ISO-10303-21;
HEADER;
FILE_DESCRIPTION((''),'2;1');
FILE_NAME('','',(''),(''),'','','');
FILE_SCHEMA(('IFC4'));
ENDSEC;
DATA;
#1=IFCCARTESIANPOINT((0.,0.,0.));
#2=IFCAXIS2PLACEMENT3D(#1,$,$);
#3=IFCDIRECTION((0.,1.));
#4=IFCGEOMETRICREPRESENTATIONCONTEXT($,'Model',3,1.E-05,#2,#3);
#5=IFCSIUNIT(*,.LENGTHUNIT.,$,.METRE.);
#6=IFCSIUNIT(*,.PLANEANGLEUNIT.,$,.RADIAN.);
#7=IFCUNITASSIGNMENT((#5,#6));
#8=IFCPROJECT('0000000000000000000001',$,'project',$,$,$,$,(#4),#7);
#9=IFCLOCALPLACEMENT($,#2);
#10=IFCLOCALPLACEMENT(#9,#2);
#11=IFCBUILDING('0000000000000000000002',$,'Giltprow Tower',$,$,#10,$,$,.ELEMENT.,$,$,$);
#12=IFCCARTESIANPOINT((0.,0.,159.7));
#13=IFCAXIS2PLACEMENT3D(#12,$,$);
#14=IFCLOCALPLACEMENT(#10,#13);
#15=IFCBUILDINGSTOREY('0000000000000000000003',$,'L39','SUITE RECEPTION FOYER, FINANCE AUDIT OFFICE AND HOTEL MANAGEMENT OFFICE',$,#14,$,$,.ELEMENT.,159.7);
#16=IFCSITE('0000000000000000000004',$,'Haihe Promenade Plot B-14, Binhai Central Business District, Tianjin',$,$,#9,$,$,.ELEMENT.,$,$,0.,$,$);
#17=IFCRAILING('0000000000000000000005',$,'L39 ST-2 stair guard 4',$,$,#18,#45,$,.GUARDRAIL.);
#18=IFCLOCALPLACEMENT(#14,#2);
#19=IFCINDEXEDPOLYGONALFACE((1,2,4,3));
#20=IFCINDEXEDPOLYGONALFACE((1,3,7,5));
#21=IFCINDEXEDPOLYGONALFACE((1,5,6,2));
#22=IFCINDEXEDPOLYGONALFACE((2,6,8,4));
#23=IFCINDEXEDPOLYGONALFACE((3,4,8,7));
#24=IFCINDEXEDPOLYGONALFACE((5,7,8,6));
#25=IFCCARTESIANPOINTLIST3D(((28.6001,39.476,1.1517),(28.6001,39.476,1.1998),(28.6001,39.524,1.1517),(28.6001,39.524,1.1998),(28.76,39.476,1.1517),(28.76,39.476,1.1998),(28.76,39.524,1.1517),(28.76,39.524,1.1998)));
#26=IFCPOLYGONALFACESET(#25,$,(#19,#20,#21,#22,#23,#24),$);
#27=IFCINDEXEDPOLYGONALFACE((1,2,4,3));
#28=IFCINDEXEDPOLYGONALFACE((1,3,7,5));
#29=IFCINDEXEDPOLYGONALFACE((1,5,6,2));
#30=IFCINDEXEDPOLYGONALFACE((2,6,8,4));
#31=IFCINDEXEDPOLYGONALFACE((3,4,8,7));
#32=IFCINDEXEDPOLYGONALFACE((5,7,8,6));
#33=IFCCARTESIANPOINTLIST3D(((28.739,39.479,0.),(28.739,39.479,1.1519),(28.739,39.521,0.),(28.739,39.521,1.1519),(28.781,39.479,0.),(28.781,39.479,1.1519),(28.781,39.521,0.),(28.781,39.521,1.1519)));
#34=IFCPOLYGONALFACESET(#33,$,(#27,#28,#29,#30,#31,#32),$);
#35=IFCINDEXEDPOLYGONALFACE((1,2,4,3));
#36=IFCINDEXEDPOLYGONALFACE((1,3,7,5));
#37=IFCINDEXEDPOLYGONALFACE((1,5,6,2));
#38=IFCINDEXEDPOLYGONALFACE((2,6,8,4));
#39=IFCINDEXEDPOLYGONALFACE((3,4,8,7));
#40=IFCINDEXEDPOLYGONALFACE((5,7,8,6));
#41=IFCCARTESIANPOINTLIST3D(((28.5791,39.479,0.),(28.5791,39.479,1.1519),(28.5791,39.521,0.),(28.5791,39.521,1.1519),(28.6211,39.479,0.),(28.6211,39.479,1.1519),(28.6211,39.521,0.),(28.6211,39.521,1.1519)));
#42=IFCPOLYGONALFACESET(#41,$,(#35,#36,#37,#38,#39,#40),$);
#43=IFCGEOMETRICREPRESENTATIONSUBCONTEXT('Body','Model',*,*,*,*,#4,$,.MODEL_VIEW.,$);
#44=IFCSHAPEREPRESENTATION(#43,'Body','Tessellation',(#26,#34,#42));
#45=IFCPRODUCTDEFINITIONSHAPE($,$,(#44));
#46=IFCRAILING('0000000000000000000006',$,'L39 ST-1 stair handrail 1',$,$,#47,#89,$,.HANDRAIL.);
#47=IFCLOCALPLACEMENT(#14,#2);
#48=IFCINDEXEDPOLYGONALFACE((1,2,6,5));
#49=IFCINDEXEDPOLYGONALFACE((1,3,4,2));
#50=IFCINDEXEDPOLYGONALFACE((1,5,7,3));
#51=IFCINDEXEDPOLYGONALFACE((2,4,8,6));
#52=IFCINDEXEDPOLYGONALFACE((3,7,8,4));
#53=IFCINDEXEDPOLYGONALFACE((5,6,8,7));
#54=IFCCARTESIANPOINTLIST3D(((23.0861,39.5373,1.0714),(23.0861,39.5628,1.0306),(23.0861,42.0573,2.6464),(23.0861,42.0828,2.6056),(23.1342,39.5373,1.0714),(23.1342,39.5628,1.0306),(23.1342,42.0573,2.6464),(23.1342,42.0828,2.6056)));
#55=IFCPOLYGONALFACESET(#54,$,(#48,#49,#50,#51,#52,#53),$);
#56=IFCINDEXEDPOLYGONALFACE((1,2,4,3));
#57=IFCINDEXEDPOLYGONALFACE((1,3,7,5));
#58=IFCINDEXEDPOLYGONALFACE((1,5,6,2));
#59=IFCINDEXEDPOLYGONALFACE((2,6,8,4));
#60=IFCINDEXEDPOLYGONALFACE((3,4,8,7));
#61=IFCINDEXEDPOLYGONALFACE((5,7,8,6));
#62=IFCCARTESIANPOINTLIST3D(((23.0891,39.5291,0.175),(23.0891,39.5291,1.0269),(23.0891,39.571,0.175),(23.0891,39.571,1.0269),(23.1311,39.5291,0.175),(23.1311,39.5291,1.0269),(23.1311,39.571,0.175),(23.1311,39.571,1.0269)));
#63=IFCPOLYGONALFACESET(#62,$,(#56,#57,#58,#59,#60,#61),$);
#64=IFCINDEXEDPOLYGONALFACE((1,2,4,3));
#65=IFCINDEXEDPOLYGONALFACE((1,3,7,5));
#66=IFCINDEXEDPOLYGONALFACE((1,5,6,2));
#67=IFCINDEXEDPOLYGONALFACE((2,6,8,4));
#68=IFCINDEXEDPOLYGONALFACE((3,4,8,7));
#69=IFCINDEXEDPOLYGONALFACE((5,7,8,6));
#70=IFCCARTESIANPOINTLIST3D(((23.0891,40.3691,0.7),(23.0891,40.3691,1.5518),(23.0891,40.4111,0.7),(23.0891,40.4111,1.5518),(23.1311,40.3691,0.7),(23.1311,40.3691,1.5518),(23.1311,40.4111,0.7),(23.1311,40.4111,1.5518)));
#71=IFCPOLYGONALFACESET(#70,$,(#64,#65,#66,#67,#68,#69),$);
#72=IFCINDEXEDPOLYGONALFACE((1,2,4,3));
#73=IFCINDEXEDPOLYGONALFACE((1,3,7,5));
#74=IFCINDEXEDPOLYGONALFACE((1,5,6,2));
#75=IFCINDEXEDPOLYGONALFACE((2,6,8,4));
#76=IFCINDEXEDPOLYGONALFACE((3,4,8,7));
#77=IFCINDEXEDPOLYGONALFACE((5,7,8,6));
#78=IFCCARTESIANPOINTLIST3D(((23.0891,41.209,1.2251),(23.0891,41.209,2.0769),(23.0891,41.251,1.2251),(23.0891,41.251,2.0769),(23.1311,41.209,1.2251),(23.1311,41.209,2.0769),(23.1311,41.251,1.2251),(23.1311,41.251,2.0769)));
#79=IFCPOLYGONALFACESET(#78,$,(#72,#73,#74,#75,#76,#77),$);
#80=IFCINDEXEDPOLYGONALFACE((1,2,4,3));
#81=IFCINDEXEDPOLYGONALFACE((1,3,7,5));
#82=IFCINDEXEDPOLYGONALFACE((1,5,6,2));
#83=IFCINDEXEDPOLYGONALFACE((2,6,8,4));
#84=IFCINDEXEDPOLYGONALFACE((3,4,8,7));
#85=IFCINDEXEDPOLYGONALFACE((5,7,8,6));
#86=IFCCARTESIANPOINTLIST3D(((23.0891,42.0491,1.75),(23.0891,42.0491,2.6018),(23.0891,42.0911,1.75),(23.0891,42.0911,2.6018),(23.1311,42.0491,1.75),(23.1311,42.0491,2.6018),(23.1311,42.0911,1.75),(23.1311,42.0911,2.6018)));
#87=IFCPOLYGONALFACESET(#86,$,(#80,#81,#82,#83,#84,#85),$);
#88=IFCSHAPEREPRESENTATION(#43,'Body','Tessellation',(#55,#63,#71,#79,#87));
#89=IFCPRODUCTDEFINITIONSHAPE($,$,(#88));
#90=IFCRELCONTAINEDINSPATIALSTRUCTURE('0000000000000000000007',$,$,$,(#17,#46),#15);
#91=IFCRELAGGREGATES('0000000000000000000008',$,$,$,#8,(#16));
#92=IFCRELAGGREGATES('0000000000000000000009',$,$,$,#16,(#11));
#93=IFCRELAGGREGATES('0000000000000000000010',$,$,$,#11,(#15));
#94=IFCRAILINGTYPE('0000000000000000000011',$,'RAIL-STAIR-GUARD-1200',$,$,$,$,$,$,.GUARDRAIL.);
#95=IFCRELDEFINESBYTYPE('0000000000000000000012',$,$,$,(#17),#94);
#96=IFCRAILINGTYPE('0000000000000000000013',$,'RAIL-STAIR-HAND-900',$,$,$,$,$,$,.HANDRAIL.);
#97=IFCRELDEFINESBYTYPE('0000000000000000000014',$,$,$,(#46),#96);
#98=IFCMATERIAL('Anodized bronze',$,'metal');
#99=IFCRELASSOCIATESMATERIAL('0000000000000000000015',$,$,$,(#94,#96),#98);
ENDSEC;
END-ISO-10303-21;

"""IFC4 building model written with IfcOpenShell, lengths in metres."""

from ifc_helpers import new_model, si_unit, direction, frame, origin, origin_2d, place, context, subcontext, project, spatial, rectangle, extrude, material, type_object, element, save


model = new_model("IFC4")

# Units and contexts
model_context = context("Model", 3, precision=1e-05, world=origin(), true_north=direction((0.0, 1.0)))
body_context = subcontext(model_context, "Body", "Model", "MODEL_VIEW")
ifc_project = project(units=[si_unit("LENGTHUNIT", "METRE"), si_unit("PLANEANGLEUNIT", "RADIAN")], contexts=[model_context])

# Site, building, storey
site_placement = place(None, origin())
site = spatial("IfcSite", under=ifc_project, at=site_placement, Name="Haihe Promenade Plot B-14, Binhai Central Business District, Tianjin", CompositionType="ELEMENT", RefElevation=0.0)
building_placement = place(site_placement, origin())
building = spatial("IfcBuilding", under=site, at=building_placement, Name="Giltprow Tower", CompositionType="ELEMENT")
storey_placement = place(building_placement, frame((0.0, 0.0, 159.7)))
storey = spatial("IfcBuildingStorey", under=building, at=storey_placement, Name="L39", Description="SUITE RECEPTION FOYER, FINANCE AUDIT OFFICE AND HOTEL MANAGEMENT OFFICE", CompositionType="ELEMENT", Elevation=159.7)

# Railings
ifc_material_1 = material(Name="Anodized bronze", Category="metal")
railing_type_1 = type_object("IfcRailingType", Name="RAIL-STAIR-GUARD-1200", PredefinedType="GUARDRAIL", material=ifc_material_1)
for number, where, name in (
    (1, (28.76, 39.5, 0.0), "L39 ST-2 stair guard 4"),
):
    element("IfcRailing", number, at=place(storey_placement, frame(where)), inside=storey, type_object=railing_type_1, Name=name, PredefinedType="GUARDRAIL", context=body_context, shape_type="SweptSolid", body=[
        extrude(rectangle(XDim=0.0481, YDim=0.0481, at=origin_2d()), frame((0.0, 0.0, 1.1758), z_axis=(-1.0, 0.0, 0.0), x_axis=(0.0, -1.0, 0.0)), (0.0, 0.0, 1.0), 0.1599),
        extrude(rectangle(XDim=0.042, YDim=0.042, at=origin_2d()), origin(), (0.0, 0.0, 1.0), 1.1519),
        extrude(rectangle(XDim=0.042, YDim=0.042, at=origin_2d()), frame((-0.1599, 0.0, 0.0)), (0.0, 0.0, 1.0), 1.1519),
    ])
railing_type_2 = type_object("IfcRailingType", Name="RAIL-STAIR-HAND-900", PredefinedType="HANDRAIL", material=ifc_material_1)
railing_1_placement = place(storey_placement, frame((23.1101, 39.55, 0.175)))
element("IfcRailing", 2, at=railing_1_placement, inside=storey, type_object=railing_type_2, Name="L39 ST-1 stair handrail 1", PredefinedType="HANDRAIL", context=body_context, shape_type="SweptSolid", body=[
    extrude(rectangle(XDim=0.0481, YDim=0.0481, at=origin_2d()), frame((0.0, 0.0, 0.876), z_axis=(0.0, 0.848008, 0.529984), x_axis=(-1.0, 0.0, 0.0)), (0.0, 0.0, 1.0), 2.9717),
    extrude(rectangle(XDim=0.042, YDim=0.042, at=origin_2d()), origin(), (0.0, 0.0, 1.0), 0.8518),
    extrude(rectangle(XDim=0.042, YDim=0.042, at=origin_2d()), frame((0.0, 0.8401, 0.5249)), (0.0, 0.0, 1.0), 0.8518),
    extrude(rectangle(XDim=0.042, YDim=0.042, at=origin_2d()), frame((0.0, 1.6799, 1.05)), (0.0, 0.0, 1.0), 0.8518),
    extrude(rectangle(XDim=0.042, YDim=0.042, at=origin_2d()), frame((0.0, 2.52, 1.575)), (0.0, 0.0, 1.0), 0.8518),
])

save(model, "model.ifc")
